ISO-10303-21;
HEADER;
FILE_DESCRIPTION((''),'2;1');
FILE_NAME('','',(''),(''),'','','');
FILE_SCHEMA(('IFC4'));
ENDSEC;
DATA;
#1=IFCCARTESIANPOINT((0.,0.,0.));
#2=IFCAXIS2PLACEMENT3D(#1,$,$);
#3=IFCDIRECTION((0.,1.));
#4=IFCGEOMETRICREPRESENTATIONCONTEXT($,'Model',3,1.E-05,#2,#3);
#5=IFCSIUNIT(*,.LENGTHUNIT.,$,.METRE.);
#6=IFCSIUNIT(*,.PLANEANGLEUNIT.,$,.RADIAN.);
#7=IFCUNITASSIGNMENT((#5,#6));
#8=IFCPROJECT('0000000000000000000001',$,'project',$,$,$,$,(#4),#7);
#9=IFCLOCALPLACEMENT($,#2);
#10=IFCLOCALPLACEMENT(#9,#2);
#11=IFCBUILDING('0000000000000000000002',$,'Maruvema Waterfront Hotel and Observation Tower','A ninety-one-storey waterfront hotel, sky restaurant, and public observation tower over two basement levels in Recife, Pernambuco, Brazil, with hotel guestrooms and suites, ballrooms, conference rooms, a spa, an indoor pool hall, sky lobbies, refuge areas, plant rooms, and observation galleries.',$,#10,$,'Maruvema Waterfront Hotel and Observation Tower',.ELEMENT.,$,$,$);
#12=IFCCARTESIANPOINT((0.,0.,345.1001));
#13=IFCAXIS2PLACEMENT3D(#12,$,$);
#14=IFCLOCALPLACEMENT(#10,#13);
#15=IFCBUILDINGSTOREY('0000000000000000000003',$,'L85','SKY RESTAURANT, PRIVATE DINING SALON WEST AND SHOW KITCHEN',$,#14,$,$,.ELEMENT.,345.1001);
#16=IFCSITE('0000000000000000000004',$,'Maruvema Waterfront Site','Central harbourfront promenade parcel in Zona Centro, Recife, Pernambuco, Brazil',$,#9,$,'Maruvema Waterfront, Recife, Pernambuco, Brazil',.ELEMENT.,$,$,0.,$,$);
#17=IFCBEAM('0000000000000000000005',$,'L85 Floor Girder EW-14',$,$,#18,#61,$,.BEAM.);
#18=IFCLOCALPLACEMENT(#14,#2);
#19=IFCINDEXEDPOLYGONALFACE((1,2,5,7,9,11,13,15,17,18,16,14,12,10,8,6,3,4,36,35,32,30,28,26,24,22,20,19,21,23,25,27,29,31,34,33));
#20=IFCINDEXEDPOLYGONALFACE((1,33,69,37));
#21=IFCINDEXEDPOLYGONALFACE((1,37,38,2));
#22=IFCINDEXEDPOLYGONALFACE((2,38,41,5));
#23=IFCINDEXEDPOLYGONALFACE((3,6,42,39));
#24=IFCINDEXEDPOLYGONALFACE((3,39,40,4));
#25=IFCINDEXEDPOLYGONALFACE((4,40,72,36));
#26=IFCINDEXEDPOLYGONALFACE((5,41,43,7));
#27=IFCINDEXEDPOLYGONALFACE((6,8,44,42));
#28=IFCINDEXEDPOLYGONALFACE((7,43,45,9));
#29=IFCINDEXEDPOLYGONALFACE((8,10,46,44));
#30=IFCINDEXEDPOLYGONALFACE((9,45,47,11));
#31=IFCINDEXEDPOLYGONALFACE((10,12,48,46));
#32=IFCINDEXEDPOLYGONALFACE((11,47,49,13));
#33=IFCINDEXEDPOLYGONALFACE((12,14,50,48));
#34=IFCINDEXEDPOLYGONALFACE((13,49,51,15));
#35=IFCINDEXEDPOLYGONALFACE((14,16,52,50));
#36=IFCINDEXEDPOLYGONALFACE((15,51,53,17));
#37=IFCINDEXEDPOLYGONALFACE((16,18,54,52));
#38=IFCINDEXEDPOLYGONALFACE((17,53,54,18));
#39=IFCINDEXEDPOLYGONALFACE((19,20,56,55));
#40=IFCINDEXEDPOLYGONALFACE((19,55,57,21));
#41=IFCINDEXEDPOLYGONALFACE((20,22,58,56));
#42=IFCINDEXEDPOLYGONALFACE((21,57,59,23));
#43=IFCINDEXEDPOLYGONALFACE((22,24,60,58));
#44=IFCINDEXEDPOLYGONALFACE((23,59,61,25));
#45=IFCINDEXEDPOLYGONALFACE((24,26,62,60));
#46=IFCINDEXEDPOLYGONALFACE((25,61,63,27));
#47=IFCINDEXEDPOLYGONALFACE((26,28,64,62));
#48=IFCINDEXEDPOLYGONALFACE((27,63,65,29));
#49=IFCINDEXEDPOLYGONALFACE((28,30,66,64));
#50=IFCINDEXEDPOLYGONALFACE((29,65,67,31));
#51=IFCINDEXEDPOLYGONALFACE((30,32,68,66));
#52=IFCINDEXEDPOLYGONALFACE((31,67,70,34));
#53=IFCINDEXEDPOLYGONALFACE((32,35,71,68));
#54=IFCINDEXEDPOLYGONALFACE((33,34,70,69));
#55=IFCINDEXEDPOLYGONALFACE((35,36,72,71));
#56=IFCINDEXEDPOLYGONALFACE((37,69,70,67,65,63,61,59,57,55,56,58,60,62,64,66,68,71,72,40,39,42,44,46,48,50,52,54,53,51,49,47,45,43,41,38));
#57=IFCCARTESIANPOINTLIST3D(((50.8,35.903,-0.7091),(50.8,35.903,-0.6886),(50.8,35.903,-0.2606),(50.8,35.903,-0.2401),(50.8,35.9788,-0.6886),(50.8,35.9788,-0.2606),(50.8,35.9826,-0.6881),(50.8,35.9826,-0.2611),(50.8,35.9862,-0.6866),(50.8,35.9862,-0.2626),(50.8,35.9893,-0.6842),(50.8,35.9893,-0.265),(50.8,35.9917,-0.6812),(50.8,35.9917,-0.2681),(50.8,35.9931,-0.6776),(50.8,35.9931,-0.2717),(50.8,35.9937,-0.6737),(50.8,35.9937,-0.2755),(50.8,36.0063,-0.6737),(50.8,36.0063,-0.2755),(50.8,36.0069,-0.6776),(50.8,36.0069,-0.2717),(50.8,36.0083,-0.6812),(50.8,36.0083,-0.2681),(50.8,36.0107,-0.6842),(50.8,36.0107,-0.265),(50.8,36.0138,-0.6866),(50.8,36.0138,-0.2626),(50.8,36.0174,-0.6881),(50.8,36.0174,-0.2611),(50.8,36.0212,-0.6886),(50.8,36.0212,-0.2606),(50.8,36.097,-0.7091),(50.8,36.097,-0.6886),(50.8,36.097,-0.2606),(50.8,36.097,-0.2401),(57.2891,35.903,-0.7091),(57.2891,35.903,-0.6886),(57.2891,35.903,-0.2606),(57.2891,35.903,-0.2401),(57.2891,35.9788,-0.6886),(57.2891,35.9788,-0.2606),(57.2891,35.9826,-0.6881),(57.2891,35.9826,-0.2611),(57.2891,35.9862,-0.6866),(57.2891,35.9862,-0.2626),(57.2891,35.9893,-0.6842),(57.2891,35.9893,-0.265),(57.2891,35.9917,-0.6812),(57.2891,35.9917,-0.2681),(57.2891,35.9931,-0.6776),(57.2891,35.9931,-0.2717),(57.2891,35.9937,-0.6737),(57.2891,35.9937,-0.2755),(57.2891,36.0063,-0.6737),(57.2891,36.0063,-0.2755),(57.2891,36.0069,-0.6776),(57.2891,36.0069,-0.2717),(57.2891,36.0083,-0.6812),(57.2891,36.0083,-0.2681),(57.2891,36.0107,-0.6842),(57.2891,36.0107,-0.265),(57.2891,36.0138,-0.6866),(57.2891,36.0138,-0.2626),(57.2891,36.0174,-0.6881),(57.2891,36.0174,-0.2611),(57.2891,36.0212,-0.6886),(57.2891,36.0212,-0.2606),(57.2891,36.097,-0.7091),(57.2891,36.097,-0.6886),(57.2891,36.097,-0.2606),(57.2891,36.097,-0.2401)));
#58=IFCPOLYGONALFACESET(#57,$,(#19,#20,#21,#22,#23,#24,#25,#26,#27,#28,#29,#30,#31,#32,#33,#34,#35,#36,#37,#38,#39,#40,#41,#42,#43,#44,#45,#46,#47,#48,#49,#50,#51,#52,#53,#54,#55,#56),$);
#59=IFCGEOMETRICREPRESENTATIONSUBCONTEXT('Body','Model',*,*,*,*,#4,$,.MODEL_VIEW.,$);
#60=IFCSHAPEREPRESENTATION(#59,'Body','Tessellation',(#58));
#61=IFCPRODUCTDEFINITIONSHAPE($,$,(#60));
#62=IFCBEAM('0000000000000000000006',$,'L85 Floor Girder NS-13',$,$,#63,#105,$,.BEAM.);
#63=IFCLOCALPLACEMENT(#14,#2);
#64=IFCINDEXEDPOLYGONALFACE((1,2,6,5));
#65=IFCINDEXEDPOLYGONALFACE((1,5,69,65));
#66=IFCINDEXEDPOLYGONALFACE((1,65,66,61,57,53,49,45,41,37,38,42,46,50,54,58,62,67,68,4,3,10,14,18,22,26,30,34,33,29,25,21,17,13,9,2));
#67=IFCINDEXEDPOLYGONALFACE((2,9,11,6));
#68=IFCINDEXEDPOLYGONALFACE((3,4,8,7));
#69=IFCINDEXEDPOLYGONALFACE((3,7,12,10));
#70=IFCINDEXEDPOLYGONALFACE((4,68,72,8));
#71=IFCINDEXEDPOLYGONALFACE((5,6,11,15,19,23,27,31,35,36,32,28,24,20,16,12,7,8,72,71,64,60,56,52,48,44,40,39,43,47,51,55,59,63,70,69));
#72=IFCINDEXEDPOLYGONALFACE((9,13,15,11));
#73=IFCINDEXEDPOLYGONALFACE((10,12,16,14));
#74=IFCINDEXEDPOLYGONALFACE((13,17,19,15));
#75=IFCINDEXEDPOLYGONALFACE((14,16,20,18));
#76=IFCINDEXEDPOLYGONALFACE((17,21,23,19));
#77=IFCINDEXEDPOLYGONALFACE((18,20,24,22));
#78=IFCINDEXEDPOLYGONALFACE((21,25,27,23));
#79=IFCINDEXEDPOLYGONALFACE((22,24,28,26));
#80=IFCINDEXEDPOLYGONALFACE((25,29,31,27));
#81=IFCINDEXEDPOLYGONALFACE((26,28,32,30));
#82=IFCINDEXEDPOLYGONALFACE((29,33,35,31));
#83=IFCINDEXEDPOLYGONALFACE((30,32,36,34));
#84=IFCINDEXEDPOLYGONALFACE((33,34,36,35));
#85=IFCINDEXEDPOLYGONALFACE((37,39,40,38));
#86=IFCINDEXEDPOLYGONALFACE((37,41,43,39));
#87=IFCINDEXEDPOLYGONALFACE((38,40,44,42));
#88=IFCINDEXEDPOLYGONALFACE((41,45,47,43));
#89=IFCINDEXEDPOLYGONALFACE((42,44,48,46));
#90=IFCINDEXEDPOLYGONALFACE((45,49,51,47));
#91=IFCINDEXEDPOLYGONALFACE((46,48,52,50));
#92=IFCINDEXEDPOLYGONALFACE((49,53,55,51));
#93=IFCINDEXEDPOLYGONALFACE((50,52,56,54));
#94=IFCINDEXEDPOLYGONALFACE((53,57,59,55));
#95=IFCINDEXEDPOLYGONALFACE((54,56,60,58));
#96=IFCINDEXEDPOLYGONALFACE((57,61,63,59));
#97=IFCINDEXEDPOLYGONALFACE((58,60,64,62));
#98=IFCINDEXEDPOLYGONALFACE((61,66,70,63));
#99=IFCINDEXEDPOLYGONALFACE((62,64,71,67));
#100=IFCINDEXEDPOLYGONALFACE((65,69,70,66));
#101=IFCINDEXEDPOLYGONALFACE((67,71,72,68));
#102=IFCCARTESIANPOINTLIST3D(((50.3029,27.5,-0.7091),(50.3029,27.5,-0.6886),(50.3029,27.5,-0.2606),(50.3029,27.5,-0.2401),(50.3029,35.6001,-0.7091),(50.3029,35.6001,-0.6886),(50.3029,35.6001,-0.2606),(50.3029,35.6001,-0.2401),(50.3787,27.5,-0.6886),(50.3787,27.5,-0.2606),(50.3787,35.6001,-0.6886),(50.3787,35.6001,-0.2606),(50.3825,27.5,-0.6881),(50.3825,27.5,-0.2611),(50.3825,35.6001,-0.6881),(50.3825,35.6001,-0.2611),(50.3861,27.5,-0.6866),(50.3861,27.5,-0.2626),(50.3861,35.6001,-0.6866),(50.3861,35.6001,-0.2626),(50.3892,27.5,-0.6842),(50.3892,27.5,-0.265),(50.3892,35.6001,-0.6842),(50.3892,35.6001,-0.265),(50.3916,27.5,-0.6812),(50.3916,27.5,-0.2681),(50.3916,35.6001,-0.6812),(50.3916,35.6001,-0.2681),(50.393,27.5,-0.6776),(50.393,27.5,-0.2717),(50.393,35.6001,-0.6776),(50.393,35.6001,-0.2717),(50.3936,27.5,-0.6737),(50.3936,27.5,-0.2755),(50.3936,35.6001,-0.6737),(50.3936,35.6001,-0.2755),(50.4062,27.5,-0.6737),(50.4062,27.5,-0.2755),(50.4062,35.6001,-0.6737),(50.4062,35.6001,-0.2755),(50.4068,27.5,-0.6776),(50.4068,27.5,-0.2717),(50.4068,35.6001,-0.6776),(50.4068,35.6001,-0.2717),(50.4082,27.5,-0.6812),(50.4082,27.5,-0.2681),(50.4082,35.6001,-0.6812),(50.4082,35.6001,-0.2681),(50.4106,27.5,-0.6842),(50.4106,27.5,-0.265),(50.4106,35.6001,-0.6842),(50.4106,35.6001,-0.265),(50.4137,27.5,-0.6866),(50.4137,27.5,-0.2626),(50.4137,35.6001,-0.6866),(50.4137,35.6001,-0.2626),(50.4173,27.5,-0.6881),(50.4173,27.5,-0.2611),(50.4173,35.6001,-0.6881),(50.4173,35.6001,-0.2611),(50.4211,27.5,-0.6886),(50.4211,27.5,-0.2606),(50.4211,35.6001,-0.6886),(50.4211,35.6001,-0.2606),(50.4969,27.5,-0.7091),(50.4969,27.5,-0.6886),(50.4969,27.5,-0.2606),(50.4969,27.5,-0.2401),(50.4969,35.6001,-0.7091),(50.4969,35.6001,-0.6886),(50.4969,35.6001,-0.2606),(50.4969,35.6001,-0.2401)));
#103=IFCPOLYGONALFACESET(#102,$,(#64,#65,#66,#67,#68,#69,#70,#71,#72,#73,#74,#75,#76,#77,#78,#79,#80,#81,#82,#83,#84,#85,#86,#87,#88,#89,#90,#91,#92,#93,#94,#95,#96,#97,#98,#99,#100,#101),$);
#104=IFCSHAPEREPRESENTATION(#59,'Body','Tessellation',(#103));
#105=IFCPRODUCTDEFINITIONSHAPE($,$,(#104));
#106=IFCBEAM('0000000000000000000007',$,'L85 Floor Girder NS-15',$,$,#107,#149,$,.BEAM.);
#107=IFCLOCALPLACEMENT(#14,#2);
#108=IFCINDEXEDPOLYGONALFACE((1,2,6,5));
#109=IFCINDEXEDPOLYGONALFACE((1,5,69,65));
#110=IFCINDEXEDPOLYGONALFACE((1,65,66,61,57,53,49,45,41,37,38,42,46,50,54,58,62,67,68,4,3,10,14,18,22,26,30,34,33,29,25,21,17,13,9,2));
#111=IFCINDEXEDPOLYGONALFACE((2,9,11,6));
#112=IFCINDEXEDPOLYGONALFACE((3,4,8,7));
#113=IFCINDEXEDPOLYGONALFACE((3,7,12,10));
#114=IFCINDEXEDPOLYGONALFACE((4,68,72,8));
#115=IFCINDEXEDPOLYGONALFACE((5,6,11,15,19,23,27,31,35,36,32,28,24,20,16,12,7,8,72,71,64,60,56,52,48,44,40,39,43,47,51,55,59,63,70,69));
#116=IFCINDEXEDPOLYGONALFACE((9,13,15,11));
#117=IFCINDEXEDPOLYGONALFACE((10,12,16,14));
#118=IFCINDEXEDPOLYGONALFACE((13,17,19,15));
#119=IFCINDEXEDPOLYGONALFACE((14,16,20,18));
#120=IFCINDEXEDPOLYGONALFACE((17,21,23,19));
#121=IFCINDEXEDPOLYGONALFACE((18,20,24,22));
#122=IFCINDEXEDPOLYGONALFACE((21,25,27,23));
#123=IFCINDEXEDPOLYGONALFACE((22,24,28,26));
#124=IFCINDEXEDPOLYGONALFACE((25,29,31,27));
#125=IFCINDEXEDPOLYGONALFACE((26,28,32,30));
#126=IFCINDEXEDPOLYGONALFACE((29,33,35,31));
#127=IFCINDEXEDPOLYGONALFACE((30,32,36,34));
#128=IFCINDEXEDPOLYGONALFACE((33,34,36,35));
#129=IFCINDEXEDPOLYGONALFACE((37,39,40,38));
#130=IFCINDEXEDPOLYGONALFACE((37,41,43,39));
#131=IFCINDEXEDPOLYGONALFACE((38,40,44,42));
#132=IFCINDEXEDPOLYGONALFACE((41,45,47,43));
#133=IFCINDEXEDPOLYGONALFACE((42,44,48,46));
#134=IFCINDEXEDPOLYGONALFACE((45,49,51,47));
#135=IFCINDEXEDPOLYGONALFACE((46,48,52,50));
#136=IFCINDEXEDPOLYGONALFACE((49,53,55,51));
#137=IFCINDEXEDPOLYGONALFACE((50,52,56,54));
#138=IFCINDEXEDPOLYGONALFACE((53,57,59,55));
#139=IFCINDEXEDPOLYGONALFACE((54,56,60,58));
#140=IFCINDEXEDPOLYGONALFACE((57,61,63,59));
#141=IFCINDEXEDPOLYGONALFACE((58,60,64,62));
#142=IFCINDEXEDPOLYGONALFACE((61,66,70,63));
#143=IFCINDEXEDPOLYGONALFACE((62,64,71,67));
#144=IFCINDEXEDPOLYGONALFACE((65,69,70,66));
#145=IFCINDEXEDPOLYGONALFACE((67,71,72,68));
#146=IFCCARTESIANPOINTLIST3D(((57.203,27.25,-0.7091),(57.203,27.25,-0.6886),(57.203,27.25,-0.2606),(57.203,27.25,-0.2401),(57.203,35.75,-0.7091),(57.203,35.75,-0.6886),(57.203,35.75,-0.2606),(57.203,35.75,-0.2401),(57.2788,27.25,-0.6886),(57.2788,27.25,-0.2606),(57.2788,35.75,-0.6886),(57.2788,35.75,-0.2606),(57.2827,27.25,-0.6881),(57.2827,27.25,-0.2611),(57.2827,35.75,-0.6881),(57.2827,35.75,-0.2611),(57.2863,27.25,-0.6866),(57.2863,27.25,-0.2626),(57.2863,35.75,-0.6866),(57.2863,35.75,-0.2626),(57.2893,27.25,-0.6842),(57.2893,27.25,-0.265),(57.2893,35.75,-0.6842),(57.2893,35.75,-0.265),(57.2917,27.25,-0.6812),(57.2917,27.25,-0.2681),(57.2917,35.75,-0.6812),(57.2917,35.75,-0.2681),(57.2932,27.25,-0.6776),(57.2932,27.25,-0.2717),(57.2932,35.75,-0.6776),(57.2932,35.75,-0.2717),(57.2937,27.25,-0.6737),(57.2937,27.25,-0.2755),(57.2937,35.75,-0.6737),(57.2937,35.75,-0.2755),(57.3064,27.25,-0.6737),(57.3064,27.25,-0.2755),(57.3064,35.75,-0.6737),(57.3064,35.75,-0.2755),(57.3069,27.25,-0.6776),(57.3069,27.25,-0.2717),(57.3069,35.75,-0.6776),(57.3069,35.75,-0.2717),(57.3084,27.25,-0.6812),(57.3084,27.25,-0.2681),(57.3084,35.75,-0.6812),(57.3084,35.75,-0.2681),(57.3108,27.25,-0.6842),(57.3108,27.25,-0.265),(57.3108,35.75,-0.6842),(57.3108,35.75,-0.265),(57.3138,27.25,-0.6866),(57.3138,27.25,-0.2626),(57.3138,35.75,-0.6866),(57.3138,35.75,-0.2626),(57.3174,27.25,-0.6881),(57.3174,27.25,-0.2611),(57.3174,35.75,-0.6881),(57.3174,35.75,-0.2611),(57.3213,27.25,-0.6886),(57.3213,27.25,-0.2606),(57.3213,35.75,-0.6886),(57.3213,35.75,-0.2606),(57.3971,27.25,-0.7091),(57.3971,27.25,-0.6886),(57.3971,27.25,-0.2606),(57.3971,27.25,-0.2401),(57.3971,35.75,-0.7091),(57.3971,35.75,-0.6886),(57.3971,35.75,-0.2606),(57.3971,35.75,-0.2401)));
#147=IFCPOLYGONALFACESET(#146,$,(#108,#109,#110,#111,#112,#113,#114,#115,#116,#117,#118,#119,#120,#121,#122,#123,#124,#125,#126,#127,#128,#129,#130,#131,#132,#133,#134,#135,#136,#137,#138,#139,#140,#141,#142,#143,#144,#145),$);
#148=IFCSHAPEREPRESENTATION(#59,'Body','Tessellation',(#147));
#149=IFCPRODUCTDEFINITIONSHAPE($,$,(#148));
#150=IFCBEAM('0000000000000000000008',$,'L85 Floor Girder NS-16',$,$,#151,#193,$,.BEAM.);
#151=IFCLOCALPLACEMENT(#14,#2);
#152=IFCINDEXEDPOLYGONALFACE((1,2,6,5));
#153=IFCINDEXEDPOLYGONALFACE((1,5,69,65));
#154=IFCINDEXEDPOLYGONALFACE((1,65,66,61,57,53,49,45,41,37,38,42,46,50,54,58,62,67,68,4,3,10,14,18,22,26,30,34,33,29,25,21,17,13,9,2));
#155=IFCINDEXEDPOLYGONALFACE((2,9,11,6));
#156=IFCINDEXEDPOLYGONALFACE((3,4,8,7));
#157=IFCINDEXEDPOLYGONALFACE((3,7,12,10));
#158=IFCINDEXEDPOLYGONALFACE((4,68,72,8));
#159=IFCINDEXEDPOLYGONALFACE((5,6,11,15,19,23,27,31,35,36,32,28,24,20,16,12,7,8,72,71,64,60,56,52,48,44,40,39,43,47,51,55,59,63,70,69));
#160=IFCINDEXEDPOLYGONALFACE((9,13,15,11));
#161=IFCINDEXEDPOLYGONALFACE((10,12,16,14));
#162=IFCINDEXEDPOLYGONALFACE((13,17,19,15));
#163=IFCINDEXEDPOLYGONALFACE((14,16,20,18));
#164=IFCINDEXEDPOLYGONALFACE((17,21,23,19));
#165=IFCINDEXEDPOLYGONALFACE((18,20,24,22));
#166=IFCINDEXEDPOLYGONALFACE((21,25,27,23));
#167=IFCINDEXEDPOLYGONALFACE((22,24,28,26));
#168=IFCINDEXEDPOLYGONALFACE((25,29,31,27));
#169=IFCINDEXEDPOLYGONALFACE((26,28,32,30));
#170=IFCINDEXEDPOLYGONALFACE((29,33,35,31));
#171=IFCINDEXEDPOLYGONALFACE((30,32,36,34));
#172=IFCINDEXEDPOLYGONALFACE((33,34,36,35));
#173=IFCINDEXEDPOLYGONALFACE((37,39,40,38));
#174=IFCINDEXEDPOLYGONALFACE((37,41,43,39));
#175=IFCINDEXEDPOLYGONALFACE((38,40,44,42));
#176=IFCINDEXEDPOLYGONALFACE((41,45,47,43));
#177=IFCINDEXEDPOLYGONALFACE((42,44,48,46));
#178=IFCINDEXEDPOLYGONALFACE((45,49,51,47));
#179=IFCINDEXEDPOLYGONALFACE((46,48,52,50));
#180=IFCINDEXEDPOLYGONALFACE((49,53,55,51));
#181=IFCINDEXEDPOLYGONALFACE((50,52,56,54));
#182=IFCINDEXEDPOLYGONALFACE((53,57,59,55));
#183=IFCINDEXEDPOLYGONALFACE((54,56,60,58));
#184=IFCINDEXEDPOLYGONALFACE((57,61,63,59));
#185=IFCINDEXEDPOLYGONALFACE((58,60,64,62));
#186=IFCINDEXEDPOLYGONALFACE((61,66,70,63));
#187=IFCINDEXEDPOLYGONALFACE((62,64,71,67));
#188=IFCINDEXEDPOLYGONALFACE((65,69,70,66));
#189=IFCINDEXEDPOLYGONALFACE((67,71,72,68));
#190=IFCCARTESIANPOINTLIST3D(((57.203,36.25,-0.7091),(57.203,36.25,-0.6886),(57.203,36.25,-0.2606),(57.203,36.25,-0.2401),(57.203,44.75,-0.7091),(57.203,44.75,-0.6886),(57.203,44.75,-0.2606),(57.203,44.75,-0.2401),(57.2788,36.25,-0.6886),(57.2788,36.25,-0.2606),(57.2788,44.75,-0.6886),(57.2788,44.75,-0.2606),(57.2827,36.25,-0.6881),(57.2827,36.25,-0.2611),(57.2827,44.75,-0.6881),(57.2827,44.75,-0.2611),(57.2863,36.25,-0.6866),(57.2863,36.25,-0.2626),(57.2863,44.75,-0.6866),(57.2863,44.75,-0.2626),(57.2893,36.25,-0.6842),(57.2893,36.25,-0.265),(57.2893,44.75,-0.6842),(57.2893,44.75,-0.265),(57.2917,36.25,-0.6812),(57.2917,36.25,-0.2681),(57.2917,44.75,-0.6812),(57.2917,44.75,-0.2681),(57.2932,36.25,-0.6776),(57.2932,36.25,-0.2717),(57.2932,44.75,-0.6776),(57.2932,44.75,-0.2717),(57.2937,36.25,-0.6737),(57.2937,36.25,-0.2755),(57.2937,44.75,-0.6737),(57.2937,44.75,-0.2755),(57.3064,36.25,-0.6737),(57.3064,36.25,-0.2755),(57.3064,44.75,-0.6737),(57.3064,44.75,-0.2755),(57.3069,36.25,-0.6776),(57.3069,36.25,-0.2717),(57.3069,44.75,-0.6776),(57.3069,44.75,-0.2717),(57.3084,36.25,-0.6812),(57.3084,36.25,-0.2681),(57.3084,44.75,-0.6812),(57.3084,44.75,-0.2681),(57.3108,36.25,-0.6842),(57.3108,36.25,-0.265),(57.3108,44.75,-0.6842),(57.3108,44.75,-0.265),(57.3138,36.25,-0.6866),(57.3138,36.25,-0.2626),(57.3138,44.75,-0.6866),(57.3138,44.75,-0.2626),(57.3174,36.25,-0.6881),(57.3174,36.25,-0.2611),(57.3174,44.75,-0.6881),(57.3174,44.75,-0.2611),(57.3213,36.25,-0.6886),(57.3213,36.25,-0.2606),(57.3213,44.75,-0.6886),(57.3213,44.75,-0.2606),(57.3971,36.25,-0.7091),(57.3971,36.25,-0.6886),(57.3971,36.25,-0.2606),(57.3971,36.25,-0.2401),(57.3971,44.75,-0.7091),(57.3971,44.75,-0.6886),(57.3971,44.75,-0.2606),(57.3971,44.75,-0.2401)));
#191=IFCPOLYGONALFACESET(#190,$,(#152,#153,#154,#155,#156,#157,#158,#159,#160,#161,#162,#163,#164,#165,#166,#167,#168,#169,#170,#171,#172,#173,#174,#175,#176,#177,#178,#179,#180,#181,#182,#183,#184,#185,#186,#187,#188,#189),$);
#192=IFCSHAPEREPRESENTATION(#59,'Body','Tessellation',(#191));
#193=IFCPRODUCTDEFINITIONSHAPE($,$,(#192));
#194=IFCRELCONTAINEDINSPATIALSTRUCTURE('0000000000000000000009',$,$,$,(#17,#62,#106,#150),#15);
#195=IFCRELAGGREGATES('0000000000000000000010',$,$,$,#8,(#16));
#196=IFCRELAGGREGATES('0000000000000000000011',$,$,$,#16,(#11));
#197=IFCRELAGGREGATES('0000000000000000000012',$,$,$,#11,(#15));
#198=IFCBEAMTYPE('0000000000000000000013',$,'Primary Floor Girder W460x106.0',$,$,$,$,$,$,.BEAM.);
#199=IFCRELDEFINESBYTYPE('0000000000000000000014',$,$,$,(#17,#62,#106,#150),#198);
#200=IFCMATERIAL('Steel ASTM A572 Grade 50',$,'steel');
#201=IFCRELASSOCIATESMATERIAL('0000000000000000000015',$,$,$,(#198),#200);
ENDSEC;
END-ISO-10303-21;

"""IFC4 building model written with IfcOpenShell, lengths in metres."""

from ifc_helpers import new_model, si_unit, direction, frame, origin, origin_2d, place, context, subcontext, project, spatial, i_section, extrude, material, material_profile, profile_set, type_object, element, save


model = new_model("IFC4")

# Units and contexts
model_context = context("Model", 3, precision=1e-05, world=origin(), true_north=direction((0.0, 1.0)))
body_context = subcontext(model_context, "Body", "Model", "MODEL_VIEW")
ifc_project = project(units=[si_unit("LENGTHUNIT", "METRE"), si_unit("PLANEANGLEUNIT", "RADIAN")], contexts=[model_context])

# Site, building, storey
site_placement = place(None, origin())
site = spatial("IfcSite", under=ifc_project, at=site_placement, Name="Maruvema Waterfront Site", Description="Central harbourfront promenade parcel in Zona Centro, Recife, Pernambuco, Brazil", LongName="Maruvema Waterfront, Recife, Pernambuco, Brazil", CompositionType="ELEMENT", RefElevation=0.0)
building_placement = place(site_placement, origin())
building = spatial("IfcBuilding", under=site, at=building_placement, Name="Maruvema Waterfront Hotel and Observation Tower", Description="A ninety-one-storey waterfront hotel, sky restaurant, and public observation tower over two basement levels in Recife, Pernambuco, Brazil, with hotel guestrooms and suites, ballrooms, conference rooms, a spa, an indoor pool hall, sky lobbies, refuge areas, plant rooms, and observation galleries.", LongName="Maruvema Waterfront Hotel and Observation Tower", CompositionType="ELEMENT")
storey_placement = place(building_placement, frame((0.0, 0.0, 345.1001)))
storey = spatial("IfcBuildingStorey", under=building, at=storey_placement, Name="L85", Description="SKY RESTAURANT, PRIVATE DINING SALON WEST AND SHOW KITCHEN", CompositionType="ELEMENT", Elevation=345.1001)

# Beams
ifc_material_1 = material(Name="Steel ASTM A572 Grade 50", Category="steel")
ifc_material_profile_1 = material_profile(ifc_material_1, i_section(OverallWidth=0.1941, OverallDepth=0.469, WebThickness=0.0127, FlangeThickness=0.0205, FilletRadius=0.0149, at=origin_2d()), Name="W460x106.0")
ifc_profile_set_1 = profile_set([ifc_material_profile_1], Name="Steel ASTM A572 Grade 50")
beam_type_1 = type_object("IfcBeamType", Name="Primary Floor Girder W460x106.0", PredefinedType="BEAM", material=ifc_profile_set_1)
beam_1_placement = place(storey_placement, frame((50.8, 36.0, -0.4746), z_axis=(1.0, 0.0, 0.0), x_axis=(0.0, 1.0, 0.0)))
element("IfcBeam", 1, at=beam_1_placement, inside=storey, type_object=beam_type_1, Name="L85 Floor Girder EW-14", PredefinedType="BEAM", context=body_context, shape_type="SweptSolid", body=[
    extrude(i_section(OverallWidth=0.1941, OverallDepth=0.469, WebThickness=0.0127, FlangeThickness=0.0205, FilletRadius=0.0149, at=origin_2d()), origin(), (0.0, 0.0, 1.0), 6.489),
])
beam_2_placement = place(storey_placement, frame((50.3999, 27.5, -0.4746), z_axis=(0.0, 1.0, 0.0), x_axis=(-1.0, 0.0, 0.0)))
element("IfcBeam", 2, at=beam_2_placement, inside=storey, type_object=beam_type_1, Name="L85 Floor Girder NS-13", PredefinedType="BEAM", context=body_context, shape_type="SweptSolid", body=[
    extrude(i_section(OverallWidth=0.1941, OverallDepth=0.469, WebThickness=0.0127, FlangeThickness=0.0205, FilletRadius=0.0149, at=origin_2d()), origin(), (0.0, 0.0, 1.0), 8.1001),
])
for number, where, z_axis, x_axis, name in (
    (3, (57.3, 27.25, -0.4746), (0.0, 1.0, 0.0), (-1.0, 0.0, 0.0), "L85 Floor Girder NS-15"),
    (4, (57.3, 36.25, -0.4746), (0.0, 1.0, 0.0), (-1.0, 0.0, 0.0), "L85 Floor Girder NS-16"),
):
    element("IfcBeam", number, at=place(storey_placement, frame(where, z_axis=z_axis, x_axis=x_axis)), inside=storey, type_object=beam_type_1, Name=name, PredefinedType="BEAM", context=body_context, shape_type="SweptSolid", body=[
        extrude(i_section(OverallWidth=0.1941, OverallDepth=0.469, WebThickness=0.0127, FlangeThickness=0.0205, FilletRadius=0.0149, at=origin_2d()), origin(), (0.0, 0.0, 1.0), 8.5),
    ])

save(model, "model.ifc")
